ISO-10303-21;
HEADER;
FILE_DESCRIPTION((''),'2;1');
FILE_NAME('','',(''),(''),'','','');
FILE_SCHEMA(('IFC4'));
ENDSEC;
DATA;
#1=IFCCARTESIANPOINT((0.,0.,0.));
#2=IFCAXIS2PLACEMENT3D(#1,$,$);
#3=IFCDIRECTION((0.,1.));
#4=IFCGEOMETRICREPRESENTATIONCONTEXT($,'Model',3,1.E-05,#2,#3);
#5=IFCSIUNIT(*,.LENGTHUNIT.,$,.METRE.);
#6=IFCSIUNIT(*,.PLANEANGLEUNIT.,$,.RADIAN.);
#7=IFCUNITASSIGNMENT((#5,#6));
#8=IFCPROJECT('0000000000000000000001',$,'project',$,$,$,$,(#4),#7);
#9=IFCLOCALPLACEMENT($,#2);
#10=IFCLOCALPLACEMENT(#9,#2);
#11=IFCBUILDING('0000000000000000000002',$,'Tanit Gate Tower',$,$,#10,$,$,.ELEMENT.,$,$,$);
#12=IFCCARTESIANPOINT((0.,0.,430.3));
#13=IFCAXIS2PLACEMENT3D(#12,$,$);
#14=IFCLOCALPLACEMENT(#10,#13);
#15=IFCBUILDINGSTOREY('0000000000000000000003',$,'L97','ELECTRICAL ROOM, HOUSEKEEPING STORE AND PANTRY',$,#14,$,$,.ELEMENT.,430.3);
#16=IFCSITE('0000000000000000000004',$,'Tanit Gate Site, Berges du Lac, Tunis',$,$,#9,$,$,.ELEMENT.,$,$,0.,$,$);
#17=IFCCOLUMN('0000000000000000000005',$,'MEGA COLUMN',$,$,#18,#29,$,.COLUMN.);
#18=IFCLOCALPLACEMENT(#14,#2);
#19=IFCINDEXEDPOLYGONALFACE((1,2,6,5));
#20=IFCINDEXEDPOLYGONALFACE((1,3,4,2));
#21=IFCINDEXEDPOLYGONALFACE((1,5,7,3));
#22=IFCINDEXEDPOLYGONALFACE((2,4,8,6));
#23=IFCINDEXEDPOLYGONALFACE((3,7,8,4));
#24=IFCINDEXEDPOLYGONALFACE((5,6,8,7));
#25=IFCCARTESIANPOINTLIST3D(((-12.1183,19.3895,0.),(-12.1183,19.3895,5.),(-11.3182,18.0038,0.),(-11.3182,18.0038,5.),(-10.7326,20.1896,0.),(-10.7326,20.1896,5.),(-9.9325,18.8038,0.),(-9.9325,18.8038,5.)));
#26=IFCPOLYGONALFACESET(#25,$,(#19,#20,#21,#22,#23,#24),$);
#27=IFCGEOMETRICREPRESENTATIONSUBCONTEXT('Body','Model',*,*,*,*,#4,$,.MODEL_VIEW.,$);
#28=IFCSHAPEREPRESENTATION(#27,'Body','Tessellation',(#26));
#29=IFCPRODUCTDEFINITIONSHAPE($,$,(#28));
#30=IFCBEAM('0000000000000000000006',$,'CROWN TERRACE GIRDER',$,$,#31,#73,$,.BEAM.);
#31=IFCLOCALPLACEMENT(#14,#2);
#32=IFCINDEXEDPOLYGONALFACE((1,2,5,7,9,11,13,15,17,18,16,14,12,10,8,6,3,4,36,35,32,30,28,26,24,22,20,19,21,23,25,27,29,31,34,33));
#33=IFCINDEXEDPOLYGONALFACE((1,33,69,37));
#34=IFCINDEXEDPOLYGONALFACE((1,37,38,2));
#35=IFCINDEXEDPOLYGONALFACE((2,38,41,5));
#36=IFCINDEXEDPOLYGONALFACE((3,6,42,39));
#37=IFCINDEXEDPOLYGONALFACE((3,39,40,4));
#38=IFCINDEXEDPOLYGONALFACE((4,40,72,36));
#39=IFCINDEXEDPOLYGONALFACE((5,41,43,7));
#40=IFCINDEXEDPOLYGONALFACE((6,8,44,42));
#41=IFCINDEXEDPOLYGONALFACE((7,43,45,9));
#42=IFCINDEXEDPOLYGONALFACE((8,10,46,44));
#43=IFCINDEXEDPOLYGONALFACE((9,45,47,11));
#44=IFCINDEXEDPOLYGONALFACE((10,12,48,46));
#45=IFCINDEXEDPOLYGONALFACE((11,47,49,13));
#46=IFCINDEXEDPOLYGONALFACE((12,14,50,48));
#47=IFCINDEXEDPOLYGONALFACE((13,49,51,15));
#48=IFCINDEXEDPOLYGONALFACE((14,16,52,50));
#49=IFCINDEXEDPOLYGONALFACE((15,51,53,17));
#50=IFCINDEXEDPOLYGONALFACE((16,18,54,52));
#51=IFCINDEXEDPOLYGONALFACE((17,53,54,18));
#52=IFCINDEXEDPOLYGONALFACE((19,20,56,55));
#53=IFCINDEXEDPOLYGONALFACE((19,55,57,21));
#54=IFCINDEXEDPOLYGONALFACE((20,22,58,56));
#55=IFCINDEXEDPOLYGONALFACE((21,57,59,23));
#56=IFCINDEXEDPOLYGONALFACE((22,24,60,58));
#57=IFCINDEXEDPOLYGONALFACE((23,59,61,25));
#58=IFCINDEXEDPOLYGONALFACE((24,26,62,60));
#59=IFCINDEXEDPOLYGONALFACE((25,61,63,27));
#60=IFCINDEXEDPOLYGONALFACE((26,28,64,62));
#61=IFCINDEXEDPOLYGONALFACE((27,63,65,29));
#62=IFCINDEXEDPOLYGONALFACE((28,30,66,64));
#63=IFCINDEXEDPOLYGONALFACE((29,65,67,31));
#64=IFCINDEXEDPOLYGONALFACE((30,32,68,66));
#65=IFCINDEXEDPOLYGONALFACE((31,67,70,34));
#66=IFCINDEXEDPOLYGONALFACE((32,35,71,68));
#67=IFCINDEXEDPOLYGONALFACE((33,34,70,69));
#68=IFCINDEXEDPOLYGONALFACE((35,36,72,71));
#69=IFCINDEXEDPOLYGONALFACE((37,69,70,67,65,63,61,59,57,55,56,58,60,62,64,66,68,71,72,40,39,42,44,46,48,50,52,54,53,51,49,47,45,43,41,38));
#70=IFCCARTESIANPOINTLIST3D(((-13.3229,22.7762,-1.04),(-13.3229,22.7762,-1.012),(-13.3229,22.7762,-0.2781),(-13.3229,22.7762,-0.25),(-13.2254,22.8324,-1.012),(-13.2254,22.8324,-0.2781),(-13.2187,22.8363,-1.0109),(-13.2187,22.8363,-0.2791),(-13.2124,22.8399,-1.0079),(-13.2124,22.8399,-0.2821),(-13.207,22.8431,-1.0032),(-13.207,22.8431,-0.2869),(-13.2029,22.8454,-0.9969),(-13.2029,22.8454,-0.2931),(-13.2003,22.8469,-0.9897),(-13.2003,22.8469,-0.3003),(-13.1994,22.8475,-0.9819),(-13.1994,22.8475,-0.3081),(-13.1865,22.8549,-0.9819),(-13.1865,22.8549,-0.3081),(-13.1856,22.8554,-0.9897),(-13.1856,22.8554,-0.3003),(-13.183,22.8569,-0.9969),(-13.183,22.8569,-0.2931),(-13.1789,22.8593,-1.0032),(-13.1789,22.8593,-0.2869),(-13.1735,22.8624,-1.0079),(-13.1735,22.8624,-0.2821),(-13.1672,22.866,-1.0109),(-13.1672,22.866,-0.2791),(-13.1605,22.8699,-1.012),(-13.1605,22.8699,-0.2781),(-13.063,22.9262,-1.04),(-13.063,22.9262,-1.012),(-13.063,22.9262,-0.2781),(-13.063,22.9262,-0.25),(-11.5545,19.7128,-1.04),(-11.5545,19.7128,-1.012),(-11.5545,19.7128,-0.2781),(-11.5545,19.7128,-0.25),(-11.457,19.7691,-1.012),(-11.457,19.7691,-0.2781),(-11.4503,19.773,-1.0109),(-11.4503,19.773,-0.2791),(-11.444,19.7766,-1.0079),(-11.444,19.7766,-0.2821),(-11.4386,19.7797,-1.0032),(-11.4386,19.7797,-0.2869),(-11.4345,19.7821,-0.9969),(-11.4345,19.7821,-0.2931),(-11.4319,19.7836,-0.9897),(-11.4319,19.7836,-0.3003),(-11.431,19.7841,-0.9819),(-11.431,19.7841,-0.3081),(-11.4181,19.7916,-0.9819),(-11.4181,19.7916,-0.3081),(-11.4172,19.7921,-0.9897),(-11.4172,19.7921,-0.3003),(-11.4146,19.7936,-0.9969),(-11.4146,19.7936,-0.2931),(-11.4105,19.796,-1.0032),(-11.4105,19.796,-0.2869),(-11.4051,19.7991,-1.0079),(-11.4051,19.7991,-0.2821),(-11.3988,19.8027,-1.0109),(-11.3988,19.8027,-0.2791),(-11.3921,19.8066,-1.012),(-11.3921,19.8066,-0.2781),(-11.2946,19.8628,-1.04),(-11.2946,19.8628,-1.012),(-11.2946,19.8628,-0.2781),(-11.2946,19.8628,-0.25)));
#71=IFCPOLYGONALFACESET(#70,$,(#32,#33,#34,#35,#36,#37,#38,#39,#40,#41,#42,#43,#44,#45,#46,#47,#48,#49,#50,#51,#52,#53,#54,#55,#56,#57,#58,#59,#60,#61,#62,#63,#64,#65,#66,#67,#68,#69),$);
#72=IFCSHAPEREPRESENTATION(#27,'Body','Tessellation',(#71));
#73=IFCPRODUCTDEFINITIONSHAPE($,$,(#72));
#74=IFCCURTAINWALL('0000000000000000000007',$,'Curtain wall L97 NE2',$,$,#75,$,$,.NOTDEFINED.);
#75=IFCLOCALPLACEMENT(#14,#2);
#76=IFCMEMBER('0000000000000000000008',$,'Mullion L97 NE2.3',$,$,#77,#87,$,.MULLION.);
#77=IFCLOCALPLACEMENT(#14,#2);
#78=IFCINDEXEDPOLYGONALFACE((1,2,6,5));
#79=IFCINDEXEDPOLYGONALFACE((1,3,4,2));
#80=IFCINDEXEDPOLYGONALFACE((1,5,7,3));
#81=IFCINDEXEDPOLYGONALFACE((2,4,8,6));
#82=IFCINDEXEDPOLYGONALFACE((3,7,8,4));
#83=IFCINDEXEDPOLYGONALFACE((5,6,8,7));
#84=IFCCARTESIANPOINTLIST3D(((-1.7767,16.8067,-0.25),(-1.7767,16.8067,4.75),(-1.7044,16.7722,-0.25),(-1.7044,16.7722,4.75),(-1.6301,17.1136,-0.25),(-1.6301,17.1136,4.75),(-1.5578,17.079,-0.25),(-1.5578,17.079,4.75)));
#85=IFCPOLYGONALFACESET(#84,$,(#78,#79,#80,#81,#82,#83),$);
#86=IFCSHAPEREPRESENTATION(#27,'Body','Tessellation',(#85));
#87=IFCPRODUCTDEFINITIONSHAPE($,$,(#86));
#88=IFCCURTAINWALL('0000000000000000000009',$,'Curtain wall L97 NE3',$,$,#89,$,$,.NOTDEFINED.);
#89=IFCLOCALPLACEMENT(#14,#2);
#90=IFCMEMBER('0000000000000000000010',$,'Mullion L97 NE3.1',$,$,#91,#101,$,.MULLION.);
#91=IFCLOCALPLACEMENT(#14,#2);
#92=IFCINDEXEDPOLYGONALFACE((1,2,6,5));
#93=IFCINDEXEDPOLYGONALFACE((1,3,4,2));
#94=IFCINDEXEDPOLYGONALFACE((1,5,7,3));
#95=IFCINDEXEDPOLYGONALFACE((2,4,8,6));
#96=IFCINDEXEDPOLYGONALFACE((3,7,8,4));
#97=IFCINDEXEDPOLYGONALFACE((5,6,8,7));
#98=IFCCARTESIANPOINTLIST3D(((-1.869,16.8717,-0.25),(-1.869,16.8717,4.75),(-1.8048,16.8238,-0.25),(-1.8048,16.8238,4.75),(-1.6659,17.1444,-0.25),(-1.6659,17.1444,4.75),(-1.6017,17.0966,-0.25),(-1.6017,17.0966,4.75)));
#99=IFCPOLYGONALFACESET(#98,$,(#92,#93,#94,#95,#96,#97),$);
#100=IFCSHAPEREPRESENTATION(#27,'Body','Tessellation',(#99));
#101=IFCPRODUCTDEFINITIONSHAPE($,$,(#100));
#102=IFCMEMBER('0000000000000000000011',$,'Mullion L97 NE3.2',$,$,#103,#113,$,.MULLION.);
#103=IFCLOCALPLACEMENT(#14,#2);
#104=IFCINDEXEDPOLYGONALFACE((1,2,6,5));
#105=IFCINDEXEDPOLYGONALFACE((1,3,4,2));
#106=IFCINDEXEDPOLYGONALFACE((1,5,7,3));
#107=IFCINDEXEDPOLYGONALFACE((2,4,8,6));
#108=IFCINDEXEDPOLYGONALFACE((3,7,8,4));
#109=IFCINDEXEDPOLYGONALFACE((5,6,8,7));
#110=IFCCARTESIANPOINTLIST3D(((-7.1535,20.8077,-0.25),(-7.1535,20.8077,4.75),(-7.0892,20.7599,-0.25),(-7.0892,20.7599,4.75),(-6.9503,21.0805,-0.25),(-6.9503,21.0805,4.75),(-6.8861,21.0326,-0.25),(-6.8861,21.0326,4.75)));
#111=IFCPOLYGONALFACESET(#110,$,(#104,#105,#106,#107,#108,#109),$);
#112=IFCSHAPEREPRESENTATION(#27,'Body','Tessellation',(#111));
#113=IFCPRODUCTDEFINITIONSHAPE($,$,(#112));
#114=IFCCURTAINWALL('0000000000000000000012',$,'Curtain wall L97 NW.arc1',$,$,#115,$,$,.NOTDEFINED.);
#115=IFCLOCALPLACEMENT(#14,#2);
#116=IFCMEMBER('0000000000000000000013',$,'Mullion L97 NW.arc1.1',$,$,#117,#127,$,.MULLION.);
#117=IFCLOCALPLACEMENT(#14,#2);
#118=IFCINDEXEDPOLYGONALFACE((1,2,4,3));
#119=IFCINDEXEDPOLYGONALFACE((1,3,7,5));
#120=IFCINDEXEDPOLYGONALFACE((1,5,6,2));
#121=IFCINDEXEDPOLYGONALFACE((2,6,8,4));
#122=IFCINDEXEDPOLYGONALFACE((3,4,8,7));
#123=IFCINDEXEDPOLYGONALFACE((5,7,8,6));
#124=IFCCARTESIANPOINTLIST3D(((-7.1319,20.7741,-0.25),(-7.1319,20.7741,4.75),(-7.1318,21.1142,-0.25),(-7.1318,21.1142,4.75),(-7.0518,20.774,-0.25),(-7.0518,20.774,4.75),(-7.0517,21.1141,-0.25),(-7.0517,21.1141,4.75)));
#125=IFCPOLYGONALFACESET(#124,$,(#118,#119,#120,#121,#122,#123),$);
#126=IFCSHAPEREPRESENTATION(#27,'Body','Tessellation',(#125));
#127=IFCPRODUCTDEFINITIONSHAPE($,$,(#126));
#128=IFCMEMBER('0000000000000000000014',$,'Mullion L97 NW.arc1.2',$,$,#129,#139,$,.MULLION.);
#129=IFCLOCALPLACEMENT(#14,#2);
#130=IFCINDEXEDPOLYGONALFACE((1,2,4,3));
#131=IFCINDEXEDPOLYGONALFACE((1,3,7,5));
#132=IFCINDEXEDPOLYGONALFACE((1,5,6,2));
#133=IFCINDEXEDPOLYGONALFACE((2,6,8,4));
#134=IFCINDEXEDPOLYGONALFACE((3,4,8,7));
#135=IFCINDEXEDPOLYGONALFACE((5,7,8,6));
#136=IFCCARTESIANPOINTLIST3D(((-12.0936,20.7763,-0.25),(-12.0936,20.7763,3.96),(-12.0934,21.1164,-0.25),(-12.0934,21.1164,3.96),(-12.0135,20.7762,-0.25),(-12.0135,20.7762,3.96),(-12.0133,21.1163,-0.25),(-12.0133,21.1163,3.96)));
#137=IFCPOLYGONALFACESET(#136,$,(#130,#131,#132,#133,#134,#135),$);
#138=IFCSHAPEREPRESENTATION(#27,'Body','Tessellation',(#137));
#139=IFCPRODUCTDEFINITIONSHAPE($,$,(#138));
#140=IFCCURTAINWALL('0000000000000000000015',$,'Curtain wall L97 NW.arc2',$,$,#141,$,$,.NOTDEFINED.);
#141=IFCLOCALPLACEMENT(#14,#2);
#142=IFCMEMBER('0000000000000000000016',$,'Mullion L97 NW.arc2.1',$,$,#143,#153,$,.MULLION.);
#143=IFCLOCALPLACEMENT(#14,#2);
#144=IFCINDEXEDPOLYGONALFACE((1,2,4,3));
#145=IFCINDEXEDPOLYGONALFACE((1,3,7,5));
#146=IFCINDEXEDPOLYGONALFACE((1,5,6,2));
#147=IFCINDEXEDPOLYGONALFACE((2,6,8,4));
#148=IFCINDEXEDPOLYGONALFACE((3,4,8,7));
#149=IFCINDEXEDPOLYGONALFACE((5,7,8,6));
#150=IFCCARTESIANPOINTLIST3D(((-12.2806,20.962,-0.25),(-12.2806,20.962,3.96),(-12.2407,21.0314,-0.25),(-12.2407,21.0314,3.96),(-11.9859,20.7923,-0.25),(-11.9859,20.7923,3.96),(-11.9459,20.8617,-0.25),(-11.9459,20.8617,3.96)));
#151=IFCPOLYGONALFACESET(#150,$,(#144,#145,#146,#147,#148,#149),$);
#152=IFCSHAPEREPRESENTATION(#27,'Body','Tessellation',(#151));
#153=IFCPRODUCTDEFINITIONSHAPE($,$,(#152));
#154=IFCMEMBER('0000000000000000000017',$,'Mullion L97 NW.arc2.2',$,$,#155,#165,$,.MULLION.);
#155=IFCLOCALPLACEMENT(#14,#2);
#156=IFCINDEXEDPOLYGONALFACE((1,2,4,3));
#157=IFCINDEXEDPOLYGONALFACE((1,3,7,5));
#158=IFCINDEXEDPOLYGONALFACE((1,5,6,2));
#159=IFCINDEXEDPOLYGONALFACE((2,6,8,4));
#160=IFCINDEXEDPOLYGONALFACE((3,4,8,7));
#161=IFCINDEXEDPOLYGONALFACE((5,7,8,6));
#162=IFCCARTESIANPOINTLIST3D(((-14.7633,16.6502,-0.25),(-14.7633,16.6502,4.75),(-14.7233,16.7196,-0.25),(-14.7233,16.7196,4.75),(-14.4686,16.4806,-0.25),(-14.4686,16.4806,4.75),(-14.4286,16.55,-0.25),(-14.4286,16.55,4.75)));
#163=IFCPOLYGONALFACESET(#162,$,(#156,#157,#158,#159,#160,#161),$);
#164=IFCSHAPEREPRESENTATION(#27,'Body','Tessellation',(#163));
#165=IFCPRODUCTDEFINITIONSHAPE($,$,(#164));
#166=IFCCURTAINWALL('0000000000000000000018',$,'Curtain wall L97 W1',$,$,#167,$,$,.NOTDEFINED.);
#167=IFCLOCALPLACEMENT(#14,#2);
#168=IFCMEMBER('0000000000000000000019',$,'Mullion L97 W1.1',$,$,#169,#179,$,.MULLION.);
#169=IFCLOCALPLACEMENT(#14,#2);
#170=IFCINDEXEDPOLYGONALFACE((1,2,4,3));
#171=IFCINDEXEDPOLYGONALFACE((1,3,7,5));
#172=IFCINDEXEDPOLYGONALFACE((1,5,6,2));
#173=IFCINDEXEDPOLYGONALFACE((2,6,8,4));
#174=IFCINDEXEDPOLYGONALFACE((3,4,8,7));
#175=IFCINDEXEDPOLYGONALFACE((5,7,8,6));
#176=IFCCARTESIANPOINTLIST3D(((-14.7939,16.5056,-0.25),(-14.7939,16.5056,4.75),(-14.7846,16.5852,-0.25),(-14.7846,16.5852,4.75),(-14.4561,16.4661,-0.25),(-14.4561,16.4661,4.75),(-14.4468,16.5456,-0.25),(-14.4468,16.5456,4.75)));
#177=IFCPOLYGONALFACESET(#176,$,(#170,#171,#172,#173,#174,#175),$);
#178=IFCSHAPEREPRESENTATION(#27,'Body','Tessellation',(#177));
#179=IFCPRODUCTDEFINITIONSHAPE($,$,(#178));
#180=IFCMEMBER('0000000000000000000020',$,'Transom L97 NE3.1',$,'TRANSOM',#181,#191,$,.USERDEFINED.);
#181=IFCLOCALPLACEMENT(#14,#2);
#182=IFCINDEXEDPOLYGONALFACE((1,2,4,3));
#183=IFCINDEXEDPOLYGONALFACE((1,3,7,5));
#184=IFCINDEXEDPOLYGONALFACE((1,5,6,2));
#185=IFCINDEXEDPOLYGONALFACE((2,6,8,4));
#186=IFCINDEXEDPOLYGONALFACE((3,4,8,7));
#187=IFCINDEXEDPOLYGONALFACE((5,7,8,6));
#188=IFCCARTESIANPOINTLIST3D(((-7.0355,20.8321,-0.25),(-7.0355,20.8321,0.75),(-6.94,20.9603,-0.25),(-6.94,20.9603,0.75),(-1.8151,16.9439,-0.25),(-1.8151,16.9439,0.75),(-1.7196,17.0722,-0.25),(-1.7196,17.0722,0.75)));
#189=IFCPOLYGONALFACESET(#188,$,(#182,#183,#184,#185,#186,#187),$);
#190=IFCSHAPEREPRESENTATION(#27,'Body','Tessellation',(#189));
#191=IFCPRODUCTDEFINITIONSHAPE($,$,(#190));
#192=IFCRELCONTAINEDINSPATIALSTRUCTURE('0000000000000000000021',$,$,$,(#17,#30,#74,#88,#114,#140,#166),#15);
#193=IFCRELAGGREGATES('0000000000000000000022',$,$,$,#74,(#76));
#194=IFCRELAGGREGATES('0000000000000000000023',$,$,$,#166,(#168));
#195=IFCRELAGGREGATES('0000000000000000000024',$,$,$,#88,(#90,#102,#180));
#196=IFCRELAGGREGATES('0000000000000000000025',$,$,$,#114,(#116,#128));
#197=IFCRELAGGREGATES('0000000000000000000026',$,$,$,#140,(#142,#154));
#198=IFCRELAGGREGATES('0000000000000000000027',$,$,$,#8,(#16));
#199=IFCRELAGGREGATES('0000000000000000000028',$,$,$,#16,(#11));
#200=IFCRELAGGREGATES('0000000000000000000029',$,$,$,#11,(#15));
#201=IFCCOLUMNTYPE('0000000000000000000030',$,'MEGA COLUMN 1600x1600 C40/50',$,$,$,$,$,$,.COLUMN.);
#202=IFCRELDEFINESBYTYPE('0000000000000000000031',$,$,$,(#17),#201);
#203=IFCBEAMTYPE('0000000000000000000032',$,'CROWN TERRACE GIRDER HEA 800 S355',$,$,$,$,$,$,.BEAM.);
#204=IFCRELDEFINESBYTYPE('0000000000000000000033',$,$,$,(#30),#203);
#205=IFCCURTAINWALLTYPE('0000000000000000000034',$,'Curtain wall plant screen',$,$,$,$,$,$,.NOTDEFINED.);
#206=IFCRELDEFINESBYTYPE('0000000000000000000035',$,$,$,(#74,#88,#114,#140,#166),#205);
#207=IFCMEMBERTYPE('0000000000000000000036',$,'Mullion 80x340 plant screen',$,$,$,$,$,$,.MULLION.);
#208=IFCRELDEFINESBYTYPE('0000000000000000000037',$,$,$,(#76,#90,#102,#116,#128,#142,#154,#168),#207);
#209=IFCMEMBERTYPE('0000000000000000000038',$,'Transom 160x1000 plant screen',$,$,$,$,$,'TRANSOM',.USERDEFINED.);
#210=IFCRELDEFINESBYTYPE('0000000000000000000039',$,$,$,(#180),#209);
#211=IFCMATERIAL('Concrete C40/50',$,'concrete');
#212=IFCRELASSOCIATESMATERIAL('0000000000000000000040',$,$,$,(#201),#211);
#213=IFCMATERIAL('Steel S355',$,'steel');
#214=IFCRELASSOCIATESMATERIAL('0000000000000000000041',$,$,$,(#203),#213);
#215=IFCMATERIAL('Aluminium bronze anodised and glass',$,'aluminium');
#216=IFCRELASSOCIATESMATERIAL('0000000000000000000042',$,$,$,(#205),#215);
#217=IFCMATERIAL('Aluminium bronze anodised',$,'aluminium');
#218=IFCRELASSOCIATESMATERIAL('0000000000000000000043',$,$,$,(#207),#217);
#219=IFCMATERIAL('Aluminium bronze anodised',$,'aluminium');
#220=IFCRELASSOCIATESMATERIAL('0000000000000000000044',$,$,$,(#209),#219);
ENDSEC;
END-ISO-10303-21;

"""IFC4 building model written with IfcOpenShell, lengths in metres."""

from ifc_helpers import new_model, si_unit, direction, frame, origin, origin_2d, place, context, subcontext, project, spatial, rectangle, i_section, extrude, material, material_profile, profile_set, type_object, element, aggregate, save


model = new_model("IFC4")

# Units and contexts
model_context = context("Model", 3, precision=1e-05, world=origin(), true_north=direction((0.0, 1.0)))
body_context = subcontext(model_context, "Body", "Model", "MODEL_VIEW")
ifc_project = project(units=[si_unit("LENGTHUNIT", "METRE"), si_unit("PLANEANGLEUNIT", "RADIAN")], contexts=[model_context])

# Site, building, storey
site_placement = place(None, origin())
site = spatial("IfcSite", under=ifc_project, at=site_placement, Name="Tanit Gate Site, Berges du Lac, Tunis", CompositionType="ELEMENT", RefElevation=0.0)
building_placement = place(site_placement, origin())
building = spatial("IfcBuilding", under=site, at=building_placement, Name="Tanit Gate Tower", CompositionType="ELEMENT")
storey_placement = place(building_placement, frame((0.0, 0.0, 430.3)))
storey = spatial("IfcBuildingStorey", under=building, at=storey_placement, Name="L97", Description="ELECTRICAL ROOM, HOUSEKEEPING STORE AND PANTRY", CompositionType="ELEMENT", Elevation=430.3)

# Column
ifc_material_1 = material(Name="Concrete C40/50", Category="concrete")
ifc_material_profile_1 = material_profile(ifc_material_1, rectangle(XDim=1.6001, YDim=1.6001, at=origin_2d()), Name="RC 1600x1600")
ifc_profile_set_1 = profile_set([ifc_material_profile_1], Name="Concrete C40/50")
column_type = type_object("IfcColumnType", Name="MEGA COLUMN 1600x1600 C40/50", PredefinedType="COLUMN", material=ifc_profile_set_1)
column_placement = place(storey_placement, frame((-11.0254, 19.0967, 0.0), z_axis=(0.0, 0.0, 1.0), x_axis=(-0.5, 0.866025, 0.0)))
element("IfcColumn", 1, at=column_placement, inside=storey, type_object=column_type, Name="MEGA COLUMN", PredefinedType="COLUMN", context=body_context, shape_type="SweptSolid", body=[
    extrude(rectangle(XDim=1.6001, YDim=1.6001, at=origin_2d()), origin(), (0.0, 0.0, 1.0), 5.0),
])

# Beam
ifc_material_2 = material(Name="Steel S355", Category="steel")
ifc_material_profile_2 = material_profile(ifc_material_2, i_section(OverallWidth=0.3, OverallDepth=0.79, WebThickness=0.0149, FlangeThickness=0.0281, FilletRadius=0.03, at=origin_2d()), Name="HEA 800")
ifc_profile_set_2 = profile_set([ifc_material_profile_2], Name="Steel S355")
beam_type = type_object("IfcBeamType", Name="CROWN TERRACE GIRDER HEA 800 S355", PredefinedType="BEAM", material=ifc_profile_set_2)
beam_placement = place(storey_placement, frame((-11.4246, 19.7878, -0.645), z_axis=(-0.499948, 0.866056, 0.0), x_axis=(-0.866056, -0.499948, 0.0)))
element("IfcBeam", 2, at=beam_placement, inside=storey, type_object=beam_type, Name="CROWN TERRACE GIRDER", PredefinedType="BEAM", context=body_context, shape_type="SweptSolid", body=[
    extrude(i_section(OverallWidth=0.3, OverallDepth=0.79, WebThickness=0.0149, FlangeThickness=0.0281, FilletRadius=0.03, at=origin_2d()), origin(), (0.0, 0.0, 1.0), 3.5371),
])

# Curtain wall, member
ifc_material_3 = material(Name="Aluminium bronze anodised and glass", Category="aluminium")
curtain_wall_type = type_object("IfcCurtainWallType", Name="Curtain wall plant screen", PredefinedType="NOTDEFINED", material=ifc_material_3)
curtain_wall_1_placement = place(storey_placement, origin())
curtain_wall_1 = element("IfcCurtainWall", 3, at=curtain_wall_1_placement, inside=storey, type_object=curtain_wall_type, Name="Curtain wall L97 NE2", PredefinedType="NOTDEFINED")
ifc_material_4 = material(Name="Aluminium bronze anodised", Category="aluminium")
ifc_material_profile_3 = material_profile(ifc_material_4, rectangle(XDim=0.3401, YDim=0.0801, at=origin_2d()), Name="80x340 bronze mullion")
ifc_profile_set_3 = profile_set([ifc_material_profile_3], Name="Aluminium bronze anodised")
member_type_1 = type_object("IfcMemberType", Name="Mullion 80x340 plant screen", PredefinedType="MULLION", material=ifc_profile_set_3)
member_1_placement = place(storey_placement, frame((-1.6672, 16.9429, -0.25), z_axis=(0.0, 0.0, 1.0), x_axis=(-0.431073, -0.902317, 0.0)))
member_1 = element("IfcMember", 4, at=member_1_placement, type_object=member_type_1, Name="Mullion L97 NE2.3", PredefinedType="MULLION", context=body_context, shape_type="SweptSolid", body=[
    extrude(rectangle(XDim=0.3401, YDim=0.0801, at=origin_2d()), origin(), (0.0, 0.0, 1.0), 5.0),
])
aggregate(curtain_wall_1, [member_1])

# Curtain walls, members
curtain_wall_2_placement = place(storey_placement, origin())
curtain_wall_2 = element("IfcCurtainWall", 5, at=curtain_wall_2_placement, inside=storey, type_object=curtain_wall_type, Name="Curtain wall L97 NE3", PredefinedType="NOTDEFINED")
member_2_placement = place(storey_placement, frame((-1.7354, 16.9841, -0.25), z_axis=(0.0, 0.0, 1.0), x_axis=(-0.597341, -0.801988, 0.0)))
member_2 = element("IfcMember", 6, at=member_2_placement, type_object=member_type_1, Name="Mullion L97 NE3.1", PredefinedType="MULLION", context=body_context, shape_type="SweptSolid", body=[
    extrude(rectangle(XDim=0.3401, YDim=0.0801, at=origin_2d()), origin(), (0.0, 0.0, 1.0), 5.0),
])
member_3_placement = place(storey_placement, frame((-7.0198, 20.9202, -0.25), z_axis=(0.0, 0.0, 1.0), x_axis=(-0.597341, -0.801988, 0.0)))
member_3 = element("IfcMember", 7, at=member_3_placement, type_object=member_type_1, Name="Mullion L97 NE3.2", PredefinedType="MULLION", context=body_context, shape_type="SweptSolid", body=[
    extrude(rectangle(XDim=0.3401, YDim=0.0801, at=origin_2d()), origin(), (0.0, 0.0, 1.0), 5.0),
])
curtain_wall_3_placement = place(storey_placement, origin())
curtain_wall_3 = element("IfcCurtainWall", 8, at=curtain_wall_3_placement, inside=storey, type_object=curtain_wall_type, Name="Curtain wall L97 NW.arc1", PredefinedType="NOTDEFINED")
member_4_placement = place(storey_placement, frame((-7.0918, 20.9441, -0.25), z_axis=(0.0, 0.0, 1.0), x_axis=(-0.000471, -1.0, 0.0)))
member_4 = element("IfcMember", 9, at=member_4_placement, type_object=member_type_1, Name="Mullion L97 NW.arc1.1", PredefinedType="MULLION", context=body_context, shape_type="SweptSolid", body=[
    extrude(rectangle(XDim=0.3401, YDim=0.0801, at=origin_2d()), origin(), (0.0, 0.0, 1.0), 5.0),
])
member_5_placement = place(storey_placement, frame((-12.0535, 20.9463, -0.25), z_axis=(0.0, 0.0, 1.0), x_axis=(-0.000471, -1.0, 0.0)))
member_5 = element("IfcMember", 10, at=member_5_placement, type_object=member_type_1, Name="Mullion L97 NW.arc1.2", PredefinedType="MULLION", context=body_context, shape_type="SweptSolid", body=[
    extrude(rectangle(XDim=0.3401, YDim=0.0801, at=origin_2d()), origin(), (0.0, 0.0, 1.0), 4.21),
])
curtain_wall_4_placement = place(storey_placement, origin())
curtain_wall_4 = element("IfcCurtainWall", 11, at=curtain_wall_4_placement, inside=storey, type_object=curtain_wall_type, Name="Curtain wall L97 NW.arc2", PredefinedType="NOTDEFINED")
member_6_placement = place(storey_placement, frame((-12.1133, 20.9119, -0.25), z_axis=(0.0, 0.0, 1.0), x_axis=(0.866624, -0.498961, 0.0)))
member_6 = element("IfcMember", 12, at=member_6_placement, type_object=member_type_1, Name="Mullion L97 NW.arc2.1", PredefinedType="MULLION", context=body_context, shape_type="SweptSolid", body=[
    extrude(rectangle(XDim=0.3401, YDim=0.0801, at=origin_2d()), origin(), (0.0, 0.0, 1.0), 4.21),
])
member_7_placement = place(storey_placement, frame((-14.5959, 16.6001, -0.25), z_axis=(0.0, 0.0, 1.0), x_axis=(0.866624, -0.498961, 0.0)))
member_7 = element("IfcMember", 13, at=member_7_placement, type_object=member_type_1, Name="Mullion L97 NW.arc2.2", PredefinedType="MULLION", context=body_context, shape_type="SweptSolid", body=[
    extrude(rectangle(XDim=0.3401, YDim=0.0801, at=origin_2d()), origin(), (0.0, 0.0, 1.0), 5.0),
])

# Curtain wall, member
curtain_wall_5_placement = place(storey_placement, origin())
curtain_wall_5 = element("IfcCurtainWall", 14, at=curtain_wall_5_placement, inside=storey, type_object=curtain_wall_type, Name="Curtain wall L97 W1", PredefinedType="NOTDEFINED")
member_8_placement = place(storey_placement, frame((-14.6204, 16.5256, -0.25), z_axis=(0.0, 0.0, 1.0), x_axis=(0.993212, -0.116318, 0.0)))
member_8 = element("IfcMember", 15, at=member_8_placement, type_object=member_type_1, Name="Mullion L97 W1.1", PredefinedType="MULLION", context=body_context, shape_type="SweptSolid", body=[
    extrude(rectangle(XDim=0.3401, YDim=0.0801, at=origin_2d()), origin(), (0.0, 0.0, 1.0), 5.0),
])

# Member
ifc_material_5 = material(Name="Aluminium bronze anodised", Category="aluminium")
ifc_material_profile_4 = material_profile(ifc_material_5, rectangle(XDim=0.1599, YDim=1.0, at=origin_2d()), Name="160x1000 bronze transom")
ifc_profile_set_4 = profile_set([ifc_material_profile_4], Name="Aluminium bronze anodised")
member_type_2 = type_object("IfcMemberType", Name="Transom 160x1000 plant screen", ElementType="TRANSOM", PredefinedType="USERDEFINED", material=ifc_profile_set_4)
member_9_placement = place(storey_placement, frame((-1.7673, 17.0081, 0.25), z_axis=(-0.801998, 0.597326, 0.0), x_axis=(-0.597326, -0.801998, 0.0)))
member_9 = element("IfcMember", 16, at=member_9_placement, type_object=member_type_2, Name="Transom L97 NE3.1", ObjectType="TRANSOM", PredefinedType="USERDEFINED", context=body_context, shape_type="SweptSolid", body=[
    extrude(rectangle(XDim=0.1599, YDim=1.0, at=origin_2d()), origin(), (0.0, 0.0, 1.0), 6.5093),
])
aggregate(curtain_wall_5, [member_8])

aggregate(curtain_wall_2, [member_2, member_3, member_9])
aggregate(curtain_wall_3, [member_4, member_5])
aggregate(curtain_wall_4, [member_6, member_7])

save(model, "model.ifc")
